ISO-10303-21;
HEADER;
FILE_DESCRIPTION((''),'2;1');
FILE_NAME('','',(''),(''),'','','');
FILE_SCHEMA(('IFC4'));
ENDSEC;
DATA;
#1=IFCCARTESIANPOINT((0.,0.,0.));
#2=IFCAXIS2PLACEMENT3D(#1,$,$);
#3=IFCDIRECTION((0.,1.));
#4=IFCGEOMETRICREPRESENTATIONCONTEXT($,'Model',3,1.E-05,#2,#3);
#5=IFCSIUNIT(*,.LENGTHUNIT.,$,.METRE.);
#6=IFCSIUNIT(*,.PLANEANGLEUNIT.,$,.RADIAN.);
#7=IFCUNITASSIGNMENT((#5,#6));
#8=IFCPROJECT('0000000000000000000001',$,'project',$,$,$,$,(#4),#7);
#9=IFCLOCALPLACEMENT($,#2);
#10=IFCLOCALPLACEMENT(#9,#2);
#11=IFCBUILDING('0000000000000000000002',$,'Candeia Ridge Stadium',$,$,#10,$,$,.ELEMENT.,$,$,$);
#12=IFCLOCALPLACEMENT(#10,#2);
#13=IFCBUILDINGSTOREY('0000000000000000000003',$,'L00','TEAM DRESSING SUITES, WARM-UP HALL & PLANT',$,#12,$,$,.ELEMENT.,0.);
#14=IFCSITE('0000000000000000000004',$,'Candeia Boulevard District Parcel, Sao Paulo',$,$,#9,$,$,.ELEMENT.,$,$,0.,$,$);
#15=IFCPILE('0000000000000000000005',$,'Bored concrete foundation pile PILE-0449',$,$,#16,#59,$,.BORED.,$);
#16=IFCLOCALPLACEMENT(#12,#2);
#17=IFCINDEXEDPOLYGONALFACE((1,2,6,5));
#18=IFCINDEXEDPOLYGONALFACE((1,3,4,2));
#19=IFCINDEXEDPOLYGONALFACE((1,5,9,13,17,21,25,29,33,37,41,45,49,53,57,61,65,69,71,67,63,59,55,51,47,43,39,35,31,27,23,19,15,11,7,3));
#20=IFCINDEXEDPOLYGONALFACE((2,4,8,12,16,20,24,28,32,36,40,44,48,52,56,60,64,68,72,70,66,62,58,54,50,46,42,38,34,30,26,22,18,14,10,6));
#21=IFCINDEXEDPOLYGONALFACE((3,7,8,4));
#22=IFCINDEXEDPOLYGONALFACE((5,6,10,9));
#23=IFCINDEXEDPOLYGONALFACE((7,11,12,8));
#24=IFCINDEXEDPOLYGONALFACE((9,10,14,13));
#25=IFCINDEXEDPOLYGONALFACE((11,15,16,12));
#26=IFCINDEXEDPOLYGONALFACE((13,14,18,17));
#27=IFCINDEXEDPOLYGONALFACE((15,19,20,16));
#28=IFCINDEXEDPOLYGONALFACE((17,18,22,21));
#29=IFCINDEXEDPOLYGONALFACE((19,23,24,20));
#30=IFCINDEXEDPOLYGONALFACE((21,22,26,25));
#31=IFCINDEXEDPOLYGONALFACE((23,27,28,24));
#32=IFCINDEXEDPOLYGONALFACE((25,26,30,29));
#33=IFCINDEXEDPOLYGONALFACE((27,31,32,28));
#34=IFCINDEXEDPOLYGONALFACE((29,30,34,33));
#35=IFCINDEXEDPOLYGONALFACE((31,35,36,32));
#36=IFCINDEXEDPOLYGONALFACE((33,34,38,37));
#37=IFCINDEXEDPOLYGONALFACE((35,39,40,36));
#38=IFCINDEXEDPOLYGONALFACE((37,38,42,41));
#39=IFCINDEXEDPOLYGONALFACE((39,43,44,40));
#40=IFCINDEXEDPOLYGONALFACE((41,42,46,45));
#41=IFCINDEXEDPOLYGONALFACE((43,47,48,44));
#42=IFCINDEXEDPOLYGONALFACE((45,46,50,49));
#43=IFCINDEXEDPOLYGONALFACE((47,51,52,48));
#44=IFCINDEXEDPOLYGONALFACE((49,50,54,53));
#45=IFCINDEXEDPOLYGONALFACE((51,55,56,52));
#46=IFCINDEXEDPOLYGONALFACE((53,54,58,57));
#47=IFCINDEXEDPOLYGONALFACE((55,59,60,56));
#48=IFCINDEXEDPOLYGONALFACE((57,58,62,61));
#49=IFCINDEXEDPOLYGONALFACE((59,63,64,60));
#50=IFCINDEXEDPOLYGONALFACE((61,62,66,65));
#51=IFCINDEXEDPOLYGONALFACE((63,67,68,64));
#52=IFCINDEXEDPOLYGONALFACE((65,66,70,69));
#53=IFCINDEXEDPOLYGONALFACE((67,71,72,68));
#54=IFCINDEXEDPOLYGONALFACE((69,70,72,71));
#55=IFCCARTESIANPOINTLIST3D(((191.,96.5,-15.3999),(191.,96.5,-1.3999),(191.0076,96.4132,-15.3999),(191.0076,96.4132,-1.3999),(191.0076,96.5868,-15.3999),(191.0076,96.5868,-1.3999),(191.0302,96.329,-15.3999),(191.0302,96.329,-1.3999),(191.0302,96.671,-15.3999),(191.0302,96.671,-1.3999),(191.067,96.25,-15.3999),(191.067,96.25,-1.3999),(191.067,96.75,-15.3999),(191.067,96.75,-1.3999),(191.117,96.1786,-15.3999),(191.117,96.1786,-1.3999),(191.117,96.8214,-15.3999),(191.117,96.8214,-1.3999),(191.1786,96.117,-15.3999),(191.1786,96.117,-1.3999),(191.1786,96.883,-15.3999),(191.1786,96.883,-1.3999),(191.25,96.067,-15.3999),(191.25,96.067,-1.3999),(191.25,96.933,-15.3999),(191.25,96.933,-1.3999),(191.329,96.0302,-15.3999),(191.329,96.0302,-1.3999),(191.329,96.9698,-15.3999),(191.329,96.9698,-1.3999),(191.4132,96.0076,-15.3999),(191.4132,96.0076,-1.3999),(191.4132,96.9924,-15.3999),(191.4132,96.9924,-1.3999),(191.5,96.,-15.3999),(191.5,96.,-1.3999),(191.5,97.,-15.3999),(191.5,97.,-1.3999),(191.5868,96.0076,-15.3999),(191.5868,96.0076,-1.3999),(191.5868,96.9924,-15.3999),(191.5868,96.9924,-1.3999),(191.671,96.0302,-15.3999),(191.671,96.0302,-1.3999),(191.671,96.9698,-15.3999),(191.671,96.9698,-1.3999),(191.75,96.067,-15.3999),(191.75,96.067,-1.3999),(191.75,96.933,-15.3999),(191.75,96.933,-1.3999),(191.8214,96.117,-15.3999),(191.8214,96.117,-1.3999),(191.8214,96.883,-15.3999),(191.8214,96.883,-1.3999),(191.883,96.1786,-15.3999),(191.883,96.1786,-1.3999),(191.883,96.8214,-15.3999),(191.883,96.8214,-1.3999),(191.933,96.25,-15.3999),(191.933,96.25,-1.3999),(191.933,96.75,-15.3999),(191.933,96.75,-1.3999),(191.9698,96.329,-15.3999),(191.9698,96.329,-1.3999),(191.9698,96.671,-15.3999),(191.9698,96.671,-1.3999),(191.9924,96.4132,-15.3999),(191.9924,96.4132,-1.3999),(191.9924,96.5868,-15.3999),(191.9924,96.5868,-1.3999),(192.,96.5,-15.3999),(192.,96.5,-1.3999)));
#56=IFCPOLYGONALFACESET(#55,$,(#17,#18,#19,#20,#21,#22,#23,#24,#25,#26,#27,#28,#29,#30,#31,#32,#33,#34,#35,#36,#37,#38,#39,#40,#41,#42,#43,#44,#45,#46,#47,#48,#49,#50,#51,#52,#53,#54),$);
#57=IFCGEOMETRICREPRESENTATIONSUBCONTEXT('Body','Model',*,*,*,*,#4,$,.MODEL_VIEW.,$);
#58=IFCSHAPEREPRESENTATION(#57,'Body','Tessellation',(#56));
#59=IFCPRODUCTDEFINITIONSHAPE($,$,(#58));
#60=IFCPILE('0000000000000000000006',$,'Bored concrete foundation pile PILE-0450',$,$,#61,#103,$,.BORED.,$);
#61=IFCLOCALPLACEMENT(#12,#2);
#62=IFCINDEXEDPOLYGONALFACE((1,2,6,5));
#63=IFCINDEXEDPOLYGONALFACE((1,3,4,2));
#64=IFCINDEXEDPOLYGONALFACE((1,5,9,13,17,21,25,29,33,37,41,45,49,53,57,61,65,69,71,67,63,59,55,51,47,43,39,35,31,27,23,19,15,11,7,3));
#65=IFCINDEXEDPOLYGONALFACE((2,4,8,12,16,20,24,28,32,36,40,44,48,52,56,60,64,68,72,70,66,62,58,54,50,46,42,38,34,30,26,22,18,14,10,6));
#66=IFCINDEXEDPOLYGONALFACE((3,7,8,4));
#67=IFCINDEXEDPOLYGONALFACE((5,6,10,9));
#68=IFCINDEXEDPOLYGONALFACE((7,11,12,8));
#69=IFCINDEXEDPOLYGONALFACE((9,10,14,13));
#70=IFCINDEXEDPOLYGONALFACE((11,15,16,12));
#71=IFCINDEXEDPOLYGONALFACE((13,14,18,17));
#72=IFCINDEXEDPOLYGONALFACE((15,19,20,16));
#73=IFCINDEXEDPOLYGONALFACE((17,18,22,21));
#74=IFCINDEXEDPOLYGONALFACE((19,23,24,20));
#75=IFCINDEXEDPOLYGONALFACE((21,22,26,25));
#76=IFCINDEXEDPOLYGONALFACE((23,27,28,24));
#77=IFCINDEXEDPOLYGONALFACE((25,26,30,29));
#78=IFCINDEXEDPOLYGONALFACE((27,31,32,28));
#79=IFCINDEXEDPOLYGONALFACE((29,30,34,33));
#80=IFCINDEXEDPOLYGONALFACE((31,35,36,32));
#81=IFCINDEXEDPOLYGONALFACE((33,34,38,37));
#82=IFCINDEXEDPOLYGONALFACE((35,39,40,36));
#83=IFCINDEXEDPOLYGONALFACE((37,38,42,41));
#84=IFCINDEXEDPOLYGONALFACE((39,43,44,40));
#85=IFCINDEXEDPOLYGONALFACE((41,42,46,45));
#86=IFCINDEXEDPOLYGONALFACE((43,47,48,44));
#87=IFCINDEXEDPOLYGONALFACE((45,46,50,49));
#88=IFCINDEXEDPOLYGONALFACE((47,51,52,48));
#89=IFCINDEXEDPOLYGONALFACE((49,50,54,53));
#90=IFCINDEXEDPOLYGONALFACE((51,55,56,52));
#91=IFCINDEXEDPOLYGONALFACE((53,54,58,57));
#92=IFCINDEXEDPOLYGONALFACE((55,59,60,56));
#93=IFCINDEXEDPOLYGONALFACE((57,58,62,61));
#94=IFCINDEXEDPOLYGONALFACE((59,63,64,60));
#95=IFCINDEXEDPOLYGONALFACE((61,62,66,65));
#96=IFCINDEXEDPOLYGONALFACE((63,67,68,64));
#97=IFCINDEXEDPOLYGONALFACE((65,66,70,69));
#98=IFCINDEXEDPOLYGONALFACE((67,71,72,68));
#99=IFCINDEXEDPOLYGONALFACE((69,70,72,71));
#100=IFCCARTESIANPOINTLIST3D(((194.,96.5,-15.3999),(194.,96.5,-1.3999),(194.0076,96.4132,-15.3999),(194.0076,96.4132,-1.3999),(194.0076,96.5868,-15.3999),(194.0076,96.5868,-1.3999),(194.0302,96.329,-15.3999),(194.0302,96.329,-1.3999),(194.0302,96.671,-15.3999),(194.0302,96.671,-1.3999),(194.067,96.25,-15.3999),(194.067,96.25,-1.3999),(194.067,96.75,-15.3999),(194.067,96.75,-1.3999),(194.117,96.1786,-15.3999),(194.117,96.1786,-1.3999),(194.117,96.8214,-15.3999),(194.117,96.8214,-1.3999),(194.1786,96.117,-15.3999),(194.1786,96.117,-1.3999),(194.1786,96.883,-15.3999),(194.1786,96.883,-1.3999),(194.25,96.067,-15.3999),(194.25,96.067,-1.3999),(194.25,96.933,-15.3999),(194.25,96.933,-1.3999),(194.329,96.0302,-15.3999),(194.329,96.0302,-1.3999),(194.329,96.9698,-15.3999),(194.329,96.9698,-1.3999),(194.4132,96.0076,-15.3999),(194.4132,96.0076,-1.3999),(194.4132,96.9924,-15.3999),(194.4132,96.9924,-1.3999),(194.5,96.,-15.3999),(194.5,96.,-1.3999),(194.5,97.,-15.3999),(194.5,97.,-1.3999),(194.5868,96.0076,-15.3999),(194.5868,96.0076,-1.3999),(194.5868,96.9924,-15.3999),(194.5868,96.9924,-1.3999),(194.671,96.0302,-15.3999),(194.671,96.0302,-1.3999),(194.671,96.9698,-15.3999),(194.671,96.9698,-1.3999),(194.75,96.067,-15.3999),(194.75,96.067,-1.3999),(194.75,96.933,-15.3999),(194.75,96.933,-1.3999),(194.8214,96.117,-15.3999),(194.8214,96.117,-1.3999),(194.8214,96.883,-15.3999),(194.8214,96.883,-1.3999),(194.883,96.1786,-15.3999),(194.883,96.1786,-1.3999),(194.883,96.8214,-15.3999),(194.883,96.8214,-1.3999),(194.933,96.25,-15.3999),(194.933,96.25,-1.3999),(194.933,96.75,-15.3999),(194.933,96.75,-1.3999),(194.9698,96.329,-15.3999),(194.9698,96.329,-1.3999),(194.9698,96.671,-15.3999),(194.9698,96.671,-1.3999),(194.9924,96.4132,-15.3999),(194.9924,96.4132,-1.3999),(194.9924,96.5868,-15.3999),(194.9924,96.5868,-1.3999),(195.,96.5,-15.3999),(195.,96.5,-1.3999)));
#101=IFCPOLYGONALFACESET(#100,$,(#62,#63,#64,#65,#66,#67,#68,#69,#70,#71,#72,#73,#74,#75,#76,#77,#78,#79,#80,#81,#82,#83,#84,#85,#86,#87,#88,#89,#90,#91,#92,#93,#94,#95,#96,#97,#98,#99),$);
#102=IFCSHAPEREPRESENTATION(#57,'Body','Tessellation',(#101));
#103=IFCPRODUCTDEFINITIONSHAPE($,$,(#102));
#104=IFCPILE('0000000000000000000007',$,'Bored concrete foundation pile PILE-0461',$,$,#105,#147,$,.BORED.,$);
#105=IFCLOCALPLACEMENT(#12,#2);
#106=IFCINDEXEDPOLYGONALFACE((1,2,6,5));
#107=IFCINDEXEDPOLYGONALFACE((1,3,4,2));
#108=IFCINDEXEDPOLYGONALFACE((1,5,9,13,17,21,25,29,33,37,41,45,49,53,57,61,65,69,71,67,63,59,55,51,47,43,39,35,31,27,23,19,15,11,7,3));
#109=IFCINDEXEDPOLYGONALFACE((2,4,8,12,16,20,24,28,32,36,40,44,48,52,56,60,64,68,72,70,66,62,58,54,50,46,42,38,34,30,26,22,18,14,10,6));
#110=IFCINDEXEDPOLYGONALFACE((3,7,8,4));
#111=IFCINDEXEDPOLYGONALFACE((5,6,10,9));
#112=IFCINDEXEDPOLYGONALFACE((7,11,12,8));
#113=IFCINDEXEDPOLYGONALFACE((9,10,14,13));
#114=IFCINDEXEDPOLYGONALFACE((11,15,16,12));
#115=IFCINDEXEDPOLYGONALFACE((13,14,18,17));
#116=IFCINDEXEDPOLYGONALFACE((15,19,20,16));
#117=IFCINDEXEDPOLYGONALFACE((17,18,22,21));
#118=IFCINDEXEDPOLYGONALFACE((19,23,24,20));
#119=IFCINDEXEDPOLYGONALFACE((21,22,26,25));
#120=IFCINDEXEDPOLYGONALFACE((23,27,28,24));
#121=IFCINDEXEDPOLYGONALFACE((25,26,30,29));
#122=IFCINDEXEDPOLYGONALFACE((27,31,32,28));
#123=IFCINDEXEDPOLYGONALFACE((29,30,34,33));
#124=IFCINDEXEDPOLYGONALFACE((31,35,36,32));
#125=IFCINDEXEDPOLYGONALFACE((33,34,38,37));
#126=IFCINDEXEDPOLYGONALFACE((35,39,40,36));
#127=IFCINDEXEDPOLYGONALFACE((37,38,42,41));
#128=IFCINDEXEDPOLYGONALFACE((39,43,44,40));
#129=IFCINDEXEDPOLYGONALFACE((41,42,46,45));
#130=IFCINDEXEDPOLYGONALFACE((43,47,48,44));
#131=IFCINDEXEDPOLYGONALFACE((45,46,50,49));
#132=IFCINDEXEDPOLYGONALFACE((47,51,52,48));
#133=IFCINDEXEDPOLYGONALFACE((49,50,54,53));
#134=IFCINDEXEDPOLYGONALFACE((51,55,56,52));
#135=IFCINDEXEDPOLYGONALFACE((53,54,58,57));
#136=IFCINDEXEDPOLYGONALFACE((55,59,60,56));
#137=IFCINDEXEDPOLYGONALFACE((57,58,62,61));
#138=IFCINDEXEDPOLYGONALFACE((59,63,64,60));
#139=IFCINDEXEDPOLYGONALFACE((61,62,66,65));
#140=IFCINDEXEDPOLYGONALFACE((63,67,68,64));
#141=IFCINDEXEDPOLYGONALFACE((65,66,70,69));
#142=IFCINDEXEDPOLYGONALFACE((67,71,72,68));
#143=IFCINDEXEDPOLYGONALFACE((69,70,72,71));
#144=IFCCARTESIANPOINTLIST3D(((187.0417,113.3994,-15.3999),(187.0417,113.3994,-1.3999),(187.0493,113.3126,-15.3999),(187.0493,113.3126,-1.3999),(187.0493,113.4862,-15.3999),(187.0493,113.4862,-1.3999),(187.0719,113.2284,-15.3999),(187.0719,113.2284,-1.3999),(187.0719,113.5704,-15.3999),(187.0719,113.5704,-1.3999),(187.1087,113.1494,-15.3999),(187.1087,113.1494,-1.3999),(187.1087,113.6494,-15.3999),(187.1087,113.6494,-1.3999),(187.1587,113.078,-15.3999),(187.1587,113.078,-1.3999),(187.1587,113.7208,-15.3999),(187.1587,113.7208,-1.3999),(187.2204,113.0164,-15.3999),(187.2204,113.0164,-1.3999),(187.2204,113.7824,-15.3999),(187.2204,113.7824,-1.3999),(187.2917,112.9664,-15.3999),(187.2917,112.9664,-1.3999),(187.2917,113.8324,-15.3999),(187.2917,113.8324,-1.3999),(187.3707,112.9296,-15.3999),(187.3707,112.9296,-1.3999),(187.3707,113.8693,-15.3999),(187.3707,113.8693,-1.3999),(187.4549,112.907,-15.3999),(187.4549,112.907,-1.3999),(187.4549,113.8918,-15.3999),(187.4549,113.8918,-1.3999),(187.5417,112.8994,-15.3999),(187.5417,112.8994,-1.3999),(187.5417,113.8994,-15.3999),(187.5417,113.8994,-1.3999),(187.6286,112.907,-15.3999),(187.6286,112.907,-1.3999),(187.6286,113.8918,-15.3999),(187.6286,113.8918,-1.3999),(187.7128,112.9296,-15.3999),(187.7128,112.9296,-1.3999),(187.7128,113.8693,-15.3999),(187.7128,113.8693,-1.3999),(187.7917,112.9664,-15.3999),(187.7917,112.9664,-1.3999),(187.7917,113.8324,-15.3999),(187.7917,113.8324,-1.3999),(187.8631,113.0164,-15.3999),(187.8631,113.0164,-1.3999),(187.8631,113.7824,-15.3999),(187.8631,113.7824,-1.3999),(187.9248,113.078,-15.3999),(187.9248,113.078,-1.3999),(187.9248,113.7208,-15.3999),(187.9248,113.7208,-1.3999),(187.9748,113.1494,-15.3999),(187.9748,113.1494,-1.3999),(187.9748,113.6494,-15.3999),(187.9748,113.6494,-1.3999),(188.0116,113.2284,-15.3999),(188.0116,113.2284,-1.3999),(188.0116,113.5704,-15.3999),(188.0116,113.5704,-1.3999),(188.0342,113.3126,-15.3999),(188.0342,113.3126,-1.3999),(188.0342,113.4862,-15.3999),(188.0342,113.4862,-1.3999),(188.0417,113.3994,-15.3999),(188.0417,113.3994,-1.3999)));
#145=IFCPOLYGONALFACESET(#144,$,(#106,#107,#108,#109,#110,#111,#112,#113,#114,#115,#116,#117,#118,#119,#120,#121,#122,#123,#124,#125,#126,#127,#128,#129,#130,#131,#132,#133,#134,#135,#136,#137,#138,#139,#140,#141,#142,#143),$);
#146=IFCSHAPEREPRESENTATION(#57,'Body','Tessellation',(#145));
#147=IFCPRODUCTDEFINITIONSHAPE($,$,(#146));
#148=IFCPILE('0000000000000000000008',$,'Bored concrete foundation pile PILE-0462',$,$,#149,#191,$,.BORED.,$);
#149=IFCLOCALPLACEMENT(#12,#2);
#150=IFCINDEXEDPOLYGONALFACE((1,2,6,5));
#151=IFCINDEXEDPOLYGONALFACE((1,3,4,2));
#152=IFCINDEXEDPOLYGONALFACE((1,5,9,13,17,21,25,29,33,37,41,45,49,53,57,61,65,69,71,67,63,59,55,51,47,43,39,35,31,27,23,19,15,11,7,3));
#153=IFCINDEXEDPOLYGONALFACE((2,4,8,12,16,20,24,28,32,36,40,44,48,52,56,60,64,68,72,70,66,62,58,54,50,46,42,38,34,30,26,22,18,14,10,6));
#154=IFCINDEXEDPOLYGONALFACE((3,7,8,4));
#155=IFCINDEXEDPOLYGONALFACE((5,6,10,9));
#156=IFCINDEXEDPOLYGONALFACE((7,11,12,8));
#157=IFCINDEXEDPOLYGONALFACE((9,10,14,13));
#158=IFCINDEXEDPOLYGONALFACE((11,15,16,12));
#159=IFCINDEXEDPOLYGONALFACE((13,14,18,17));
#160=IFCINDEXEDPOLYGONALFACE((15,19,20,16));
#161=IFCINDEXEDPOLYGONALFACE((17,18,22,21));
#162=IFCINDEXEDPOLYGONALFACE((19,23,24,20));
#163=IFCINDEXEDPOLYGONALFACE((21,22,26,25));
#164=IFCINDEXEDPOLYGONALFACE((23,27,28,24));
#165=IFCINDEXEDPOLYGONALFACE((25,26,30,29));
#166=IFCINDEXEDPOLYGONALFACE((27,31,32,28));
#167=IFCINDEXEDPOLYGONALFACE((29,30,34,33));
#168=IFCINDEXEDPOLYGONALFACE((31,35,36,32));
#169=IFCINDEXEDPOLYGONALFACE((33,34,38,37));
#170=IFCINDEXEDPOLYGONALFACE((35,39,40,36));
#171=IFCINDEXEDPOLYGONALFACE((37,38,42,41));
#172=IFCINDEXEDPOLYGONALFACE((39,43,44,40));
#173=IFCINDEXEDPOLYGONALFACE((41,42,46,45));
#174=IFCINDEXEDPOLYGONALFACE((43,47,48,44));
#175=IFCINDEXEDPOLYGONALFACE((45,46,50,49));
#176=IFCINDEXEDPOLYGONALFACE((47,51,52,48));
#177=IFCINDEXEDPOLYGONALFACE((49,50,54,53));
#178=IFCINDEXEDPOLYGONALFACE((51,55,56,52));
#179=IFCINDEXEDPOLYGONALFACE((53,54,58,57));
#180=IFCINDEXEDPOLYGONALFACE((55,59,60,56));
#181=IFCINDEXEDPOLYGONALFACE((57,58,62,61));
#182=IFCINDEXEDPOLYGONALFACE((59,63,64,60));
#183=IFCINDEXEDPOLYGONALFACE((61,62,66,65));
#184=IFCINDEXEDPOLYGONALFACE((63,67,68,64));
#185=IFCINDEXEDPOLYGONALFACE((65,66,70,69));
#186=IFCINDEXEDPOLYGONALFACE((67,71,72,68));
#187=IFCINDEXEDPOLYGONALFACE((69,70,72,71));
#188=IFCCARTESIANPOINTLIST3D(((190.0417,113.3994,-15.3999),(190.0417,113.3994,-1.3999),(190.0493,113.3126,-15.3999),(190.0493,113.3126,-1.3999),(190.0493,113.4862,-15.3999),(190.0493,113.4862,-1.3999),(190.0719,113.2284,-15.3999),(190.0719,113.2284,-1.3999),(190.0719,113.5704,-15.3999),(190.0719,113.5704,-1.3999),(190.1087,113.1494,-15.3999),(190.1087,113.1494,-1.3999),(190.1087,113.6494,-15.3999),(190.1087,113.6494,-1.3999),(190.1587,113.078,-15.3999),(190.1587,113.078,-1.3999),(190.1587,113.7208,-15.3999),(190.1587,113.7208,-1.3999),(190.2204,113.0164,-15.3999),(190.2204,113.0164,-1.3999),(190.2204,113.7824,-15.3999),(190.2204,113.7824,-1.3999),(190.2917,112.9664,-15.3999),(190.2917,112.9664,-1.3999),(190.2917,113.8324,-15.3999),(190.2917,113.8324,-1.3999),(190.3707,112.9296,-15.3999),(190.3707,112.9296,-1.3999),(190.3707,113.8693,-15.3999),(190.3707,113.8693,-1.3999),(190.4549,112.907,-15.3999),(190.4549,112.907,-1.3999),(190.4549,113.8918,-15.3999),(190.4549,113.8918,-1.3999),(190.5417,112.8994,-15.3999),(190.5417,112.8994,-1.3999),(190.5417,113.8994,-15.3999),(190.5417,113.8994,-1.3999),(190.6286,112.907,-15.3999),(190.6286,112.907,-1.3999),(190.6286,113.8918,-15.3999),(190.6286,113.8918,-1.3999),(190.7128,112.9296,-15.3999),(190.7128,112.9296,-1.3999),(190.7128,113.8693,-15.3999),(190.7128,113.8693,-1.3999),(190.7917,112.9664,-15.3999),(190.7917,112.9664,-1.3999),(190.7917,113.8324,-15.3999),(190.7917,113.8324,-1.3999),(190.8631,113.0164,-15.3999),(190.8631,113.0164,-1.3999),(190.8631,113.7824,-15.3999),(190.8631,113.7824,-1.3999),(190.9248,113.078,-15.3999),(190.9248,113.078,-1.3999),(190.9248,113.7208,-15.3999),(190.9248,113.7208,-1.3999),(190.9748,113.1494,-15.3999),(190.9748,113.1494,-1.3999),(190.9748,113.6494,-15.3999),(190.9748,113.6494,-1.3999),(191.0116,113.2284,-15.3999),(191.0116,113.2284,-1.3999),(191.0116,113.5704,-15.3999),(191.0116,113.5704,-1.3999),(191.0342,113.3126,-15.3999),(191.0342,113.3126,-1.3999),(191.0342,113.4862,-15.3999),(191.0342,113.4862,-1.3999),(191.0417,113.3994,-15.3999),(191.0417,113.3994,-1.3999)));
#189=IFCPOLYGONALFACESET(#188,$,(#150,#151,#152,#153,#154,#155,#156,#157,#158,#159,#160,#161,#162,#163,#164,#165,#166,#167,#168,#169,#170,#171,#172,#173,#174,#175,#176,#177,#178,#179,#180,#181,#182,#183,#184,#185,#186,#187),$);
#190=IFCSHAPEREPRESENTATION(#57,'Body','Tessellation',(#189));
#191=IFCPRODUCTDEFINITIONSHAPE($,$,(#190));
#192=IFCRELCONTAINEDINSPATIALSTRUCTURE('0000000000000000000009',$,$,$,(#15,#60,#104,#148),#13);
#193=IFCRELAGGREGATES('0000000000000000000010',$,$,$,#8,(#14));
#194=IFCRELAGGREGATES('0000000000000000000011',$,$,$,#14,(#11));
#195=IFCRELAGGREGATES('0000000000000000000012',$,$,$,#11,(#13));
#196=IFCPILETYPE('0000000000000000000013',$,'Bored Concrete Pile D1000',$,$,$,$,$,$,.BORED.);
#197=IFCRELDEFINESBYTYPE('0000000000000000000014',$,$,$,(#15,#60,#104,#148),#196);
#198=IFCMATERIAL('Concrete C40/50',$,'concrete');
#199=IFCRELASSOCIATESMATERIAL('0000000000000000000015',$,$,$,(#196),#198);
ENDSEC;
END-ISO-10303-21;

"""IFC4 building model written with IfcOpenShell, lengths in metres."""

from ifc_helpers import new_model, si_unit, direction, frame, origin, origin_2d, place, context, subcontext, project, spatial, circle, extrude, material, material_profile, profile_set, type_object, element, save


model = new_model("IFC4")

# Units and contexts
model_context = context("Model", 3, precision=1e-05, world=origin(), true_north=direction((0.0, 1.0)))
body_context = subcontext(model_context, "Body", "Model", "MODEL_VIEW")
ifc_project = project(units=[si_unit("LENGTHUNIT", "METRE"), si_unit("PLANEANGLEUNIT", "RADIAN")], contexts=[model_context])

# Site, building, storey
site_placement = place(None, origin())
site = spatial("IfcSite", under=ifc_project, at=site_placement, Name="Candeia Boulevard District Parcel, Sao Paulo", CompositionType="ELEMENT", RefElevation=0.0)
building_placement = place(site_placement, origin())
building = spatial("IfcBuilding", under=site, at=building_placement, Name="Candeia Ridge Stadium", CompositionType="ELEMENT")
storey_placement = place(building_placement, origin())
storey = spatial("IfcBuildingStorey", under=building, at=storey_placement, Name="L00", Description="TEAM DRESSING SUITES, WARM-UP HALL & PLANT", CompositionType="ELEMENT", Elevation=0.0)

# Piles
ifc_material_1 = material(Name="Concrete C40/50", Category="concrete")
ifc_material_profile_1 = material_profile(ifc_material_1, circle(Radius=0.5, at=origin_2d()), Name="PILE-D1000", Category="concrete")
ifc_profile_set_1 = profile_set([ifc_material_profile_1], Name="Concrete C40/50")
pile_type_1 = type_object("IfcPileType", Name="Bored Concrete Pile D1000", PredefinedType="BORED", material=ifc_profile_set_1)
for number, where, z_axis, x_axis, name in (
    (1, (191.5, 96.5, -1.3999), (0.0, 0.0, -1.0), (1.0, 0.0, 0.0), "Bored concrete foundation pile PILE-0449"),
    (2, (194.5, 96.5, -1.3999), (0.0, 0.0, -1.0), (1.0, 0.0, 0.0), "Bored concrete foundation pile PILE-0450"),
    (3, (187.5417, 113.3994, -1.3999), (0.0, 0.0, -1.0), (1.0, 0.0, 0.0), "Bored concrete foundation pile PILE-0461"),
    (4, (190.5417, 113.3994, -1.3999), (0.0, 0.0, -1.0), (1.0, 0.0, 0.0), "Bored concrete foundation pile PILE-0462"),
):
    element("IfcPile", number, at=place(storey_placement, frame(where, z_axis=z_axis, x_axis=x_axis)), inside=storey, type_object=pile_type_1, Name=name, PredefinedType="BORED", context=body_context, shape_type="SweptSolid", body=[
        extrude(circle(Radius=0.5, at=origin_2d()), origin(), (0.0, 0.0, 1.0), 14.0),
    ])

save(model, "model.ifc")
